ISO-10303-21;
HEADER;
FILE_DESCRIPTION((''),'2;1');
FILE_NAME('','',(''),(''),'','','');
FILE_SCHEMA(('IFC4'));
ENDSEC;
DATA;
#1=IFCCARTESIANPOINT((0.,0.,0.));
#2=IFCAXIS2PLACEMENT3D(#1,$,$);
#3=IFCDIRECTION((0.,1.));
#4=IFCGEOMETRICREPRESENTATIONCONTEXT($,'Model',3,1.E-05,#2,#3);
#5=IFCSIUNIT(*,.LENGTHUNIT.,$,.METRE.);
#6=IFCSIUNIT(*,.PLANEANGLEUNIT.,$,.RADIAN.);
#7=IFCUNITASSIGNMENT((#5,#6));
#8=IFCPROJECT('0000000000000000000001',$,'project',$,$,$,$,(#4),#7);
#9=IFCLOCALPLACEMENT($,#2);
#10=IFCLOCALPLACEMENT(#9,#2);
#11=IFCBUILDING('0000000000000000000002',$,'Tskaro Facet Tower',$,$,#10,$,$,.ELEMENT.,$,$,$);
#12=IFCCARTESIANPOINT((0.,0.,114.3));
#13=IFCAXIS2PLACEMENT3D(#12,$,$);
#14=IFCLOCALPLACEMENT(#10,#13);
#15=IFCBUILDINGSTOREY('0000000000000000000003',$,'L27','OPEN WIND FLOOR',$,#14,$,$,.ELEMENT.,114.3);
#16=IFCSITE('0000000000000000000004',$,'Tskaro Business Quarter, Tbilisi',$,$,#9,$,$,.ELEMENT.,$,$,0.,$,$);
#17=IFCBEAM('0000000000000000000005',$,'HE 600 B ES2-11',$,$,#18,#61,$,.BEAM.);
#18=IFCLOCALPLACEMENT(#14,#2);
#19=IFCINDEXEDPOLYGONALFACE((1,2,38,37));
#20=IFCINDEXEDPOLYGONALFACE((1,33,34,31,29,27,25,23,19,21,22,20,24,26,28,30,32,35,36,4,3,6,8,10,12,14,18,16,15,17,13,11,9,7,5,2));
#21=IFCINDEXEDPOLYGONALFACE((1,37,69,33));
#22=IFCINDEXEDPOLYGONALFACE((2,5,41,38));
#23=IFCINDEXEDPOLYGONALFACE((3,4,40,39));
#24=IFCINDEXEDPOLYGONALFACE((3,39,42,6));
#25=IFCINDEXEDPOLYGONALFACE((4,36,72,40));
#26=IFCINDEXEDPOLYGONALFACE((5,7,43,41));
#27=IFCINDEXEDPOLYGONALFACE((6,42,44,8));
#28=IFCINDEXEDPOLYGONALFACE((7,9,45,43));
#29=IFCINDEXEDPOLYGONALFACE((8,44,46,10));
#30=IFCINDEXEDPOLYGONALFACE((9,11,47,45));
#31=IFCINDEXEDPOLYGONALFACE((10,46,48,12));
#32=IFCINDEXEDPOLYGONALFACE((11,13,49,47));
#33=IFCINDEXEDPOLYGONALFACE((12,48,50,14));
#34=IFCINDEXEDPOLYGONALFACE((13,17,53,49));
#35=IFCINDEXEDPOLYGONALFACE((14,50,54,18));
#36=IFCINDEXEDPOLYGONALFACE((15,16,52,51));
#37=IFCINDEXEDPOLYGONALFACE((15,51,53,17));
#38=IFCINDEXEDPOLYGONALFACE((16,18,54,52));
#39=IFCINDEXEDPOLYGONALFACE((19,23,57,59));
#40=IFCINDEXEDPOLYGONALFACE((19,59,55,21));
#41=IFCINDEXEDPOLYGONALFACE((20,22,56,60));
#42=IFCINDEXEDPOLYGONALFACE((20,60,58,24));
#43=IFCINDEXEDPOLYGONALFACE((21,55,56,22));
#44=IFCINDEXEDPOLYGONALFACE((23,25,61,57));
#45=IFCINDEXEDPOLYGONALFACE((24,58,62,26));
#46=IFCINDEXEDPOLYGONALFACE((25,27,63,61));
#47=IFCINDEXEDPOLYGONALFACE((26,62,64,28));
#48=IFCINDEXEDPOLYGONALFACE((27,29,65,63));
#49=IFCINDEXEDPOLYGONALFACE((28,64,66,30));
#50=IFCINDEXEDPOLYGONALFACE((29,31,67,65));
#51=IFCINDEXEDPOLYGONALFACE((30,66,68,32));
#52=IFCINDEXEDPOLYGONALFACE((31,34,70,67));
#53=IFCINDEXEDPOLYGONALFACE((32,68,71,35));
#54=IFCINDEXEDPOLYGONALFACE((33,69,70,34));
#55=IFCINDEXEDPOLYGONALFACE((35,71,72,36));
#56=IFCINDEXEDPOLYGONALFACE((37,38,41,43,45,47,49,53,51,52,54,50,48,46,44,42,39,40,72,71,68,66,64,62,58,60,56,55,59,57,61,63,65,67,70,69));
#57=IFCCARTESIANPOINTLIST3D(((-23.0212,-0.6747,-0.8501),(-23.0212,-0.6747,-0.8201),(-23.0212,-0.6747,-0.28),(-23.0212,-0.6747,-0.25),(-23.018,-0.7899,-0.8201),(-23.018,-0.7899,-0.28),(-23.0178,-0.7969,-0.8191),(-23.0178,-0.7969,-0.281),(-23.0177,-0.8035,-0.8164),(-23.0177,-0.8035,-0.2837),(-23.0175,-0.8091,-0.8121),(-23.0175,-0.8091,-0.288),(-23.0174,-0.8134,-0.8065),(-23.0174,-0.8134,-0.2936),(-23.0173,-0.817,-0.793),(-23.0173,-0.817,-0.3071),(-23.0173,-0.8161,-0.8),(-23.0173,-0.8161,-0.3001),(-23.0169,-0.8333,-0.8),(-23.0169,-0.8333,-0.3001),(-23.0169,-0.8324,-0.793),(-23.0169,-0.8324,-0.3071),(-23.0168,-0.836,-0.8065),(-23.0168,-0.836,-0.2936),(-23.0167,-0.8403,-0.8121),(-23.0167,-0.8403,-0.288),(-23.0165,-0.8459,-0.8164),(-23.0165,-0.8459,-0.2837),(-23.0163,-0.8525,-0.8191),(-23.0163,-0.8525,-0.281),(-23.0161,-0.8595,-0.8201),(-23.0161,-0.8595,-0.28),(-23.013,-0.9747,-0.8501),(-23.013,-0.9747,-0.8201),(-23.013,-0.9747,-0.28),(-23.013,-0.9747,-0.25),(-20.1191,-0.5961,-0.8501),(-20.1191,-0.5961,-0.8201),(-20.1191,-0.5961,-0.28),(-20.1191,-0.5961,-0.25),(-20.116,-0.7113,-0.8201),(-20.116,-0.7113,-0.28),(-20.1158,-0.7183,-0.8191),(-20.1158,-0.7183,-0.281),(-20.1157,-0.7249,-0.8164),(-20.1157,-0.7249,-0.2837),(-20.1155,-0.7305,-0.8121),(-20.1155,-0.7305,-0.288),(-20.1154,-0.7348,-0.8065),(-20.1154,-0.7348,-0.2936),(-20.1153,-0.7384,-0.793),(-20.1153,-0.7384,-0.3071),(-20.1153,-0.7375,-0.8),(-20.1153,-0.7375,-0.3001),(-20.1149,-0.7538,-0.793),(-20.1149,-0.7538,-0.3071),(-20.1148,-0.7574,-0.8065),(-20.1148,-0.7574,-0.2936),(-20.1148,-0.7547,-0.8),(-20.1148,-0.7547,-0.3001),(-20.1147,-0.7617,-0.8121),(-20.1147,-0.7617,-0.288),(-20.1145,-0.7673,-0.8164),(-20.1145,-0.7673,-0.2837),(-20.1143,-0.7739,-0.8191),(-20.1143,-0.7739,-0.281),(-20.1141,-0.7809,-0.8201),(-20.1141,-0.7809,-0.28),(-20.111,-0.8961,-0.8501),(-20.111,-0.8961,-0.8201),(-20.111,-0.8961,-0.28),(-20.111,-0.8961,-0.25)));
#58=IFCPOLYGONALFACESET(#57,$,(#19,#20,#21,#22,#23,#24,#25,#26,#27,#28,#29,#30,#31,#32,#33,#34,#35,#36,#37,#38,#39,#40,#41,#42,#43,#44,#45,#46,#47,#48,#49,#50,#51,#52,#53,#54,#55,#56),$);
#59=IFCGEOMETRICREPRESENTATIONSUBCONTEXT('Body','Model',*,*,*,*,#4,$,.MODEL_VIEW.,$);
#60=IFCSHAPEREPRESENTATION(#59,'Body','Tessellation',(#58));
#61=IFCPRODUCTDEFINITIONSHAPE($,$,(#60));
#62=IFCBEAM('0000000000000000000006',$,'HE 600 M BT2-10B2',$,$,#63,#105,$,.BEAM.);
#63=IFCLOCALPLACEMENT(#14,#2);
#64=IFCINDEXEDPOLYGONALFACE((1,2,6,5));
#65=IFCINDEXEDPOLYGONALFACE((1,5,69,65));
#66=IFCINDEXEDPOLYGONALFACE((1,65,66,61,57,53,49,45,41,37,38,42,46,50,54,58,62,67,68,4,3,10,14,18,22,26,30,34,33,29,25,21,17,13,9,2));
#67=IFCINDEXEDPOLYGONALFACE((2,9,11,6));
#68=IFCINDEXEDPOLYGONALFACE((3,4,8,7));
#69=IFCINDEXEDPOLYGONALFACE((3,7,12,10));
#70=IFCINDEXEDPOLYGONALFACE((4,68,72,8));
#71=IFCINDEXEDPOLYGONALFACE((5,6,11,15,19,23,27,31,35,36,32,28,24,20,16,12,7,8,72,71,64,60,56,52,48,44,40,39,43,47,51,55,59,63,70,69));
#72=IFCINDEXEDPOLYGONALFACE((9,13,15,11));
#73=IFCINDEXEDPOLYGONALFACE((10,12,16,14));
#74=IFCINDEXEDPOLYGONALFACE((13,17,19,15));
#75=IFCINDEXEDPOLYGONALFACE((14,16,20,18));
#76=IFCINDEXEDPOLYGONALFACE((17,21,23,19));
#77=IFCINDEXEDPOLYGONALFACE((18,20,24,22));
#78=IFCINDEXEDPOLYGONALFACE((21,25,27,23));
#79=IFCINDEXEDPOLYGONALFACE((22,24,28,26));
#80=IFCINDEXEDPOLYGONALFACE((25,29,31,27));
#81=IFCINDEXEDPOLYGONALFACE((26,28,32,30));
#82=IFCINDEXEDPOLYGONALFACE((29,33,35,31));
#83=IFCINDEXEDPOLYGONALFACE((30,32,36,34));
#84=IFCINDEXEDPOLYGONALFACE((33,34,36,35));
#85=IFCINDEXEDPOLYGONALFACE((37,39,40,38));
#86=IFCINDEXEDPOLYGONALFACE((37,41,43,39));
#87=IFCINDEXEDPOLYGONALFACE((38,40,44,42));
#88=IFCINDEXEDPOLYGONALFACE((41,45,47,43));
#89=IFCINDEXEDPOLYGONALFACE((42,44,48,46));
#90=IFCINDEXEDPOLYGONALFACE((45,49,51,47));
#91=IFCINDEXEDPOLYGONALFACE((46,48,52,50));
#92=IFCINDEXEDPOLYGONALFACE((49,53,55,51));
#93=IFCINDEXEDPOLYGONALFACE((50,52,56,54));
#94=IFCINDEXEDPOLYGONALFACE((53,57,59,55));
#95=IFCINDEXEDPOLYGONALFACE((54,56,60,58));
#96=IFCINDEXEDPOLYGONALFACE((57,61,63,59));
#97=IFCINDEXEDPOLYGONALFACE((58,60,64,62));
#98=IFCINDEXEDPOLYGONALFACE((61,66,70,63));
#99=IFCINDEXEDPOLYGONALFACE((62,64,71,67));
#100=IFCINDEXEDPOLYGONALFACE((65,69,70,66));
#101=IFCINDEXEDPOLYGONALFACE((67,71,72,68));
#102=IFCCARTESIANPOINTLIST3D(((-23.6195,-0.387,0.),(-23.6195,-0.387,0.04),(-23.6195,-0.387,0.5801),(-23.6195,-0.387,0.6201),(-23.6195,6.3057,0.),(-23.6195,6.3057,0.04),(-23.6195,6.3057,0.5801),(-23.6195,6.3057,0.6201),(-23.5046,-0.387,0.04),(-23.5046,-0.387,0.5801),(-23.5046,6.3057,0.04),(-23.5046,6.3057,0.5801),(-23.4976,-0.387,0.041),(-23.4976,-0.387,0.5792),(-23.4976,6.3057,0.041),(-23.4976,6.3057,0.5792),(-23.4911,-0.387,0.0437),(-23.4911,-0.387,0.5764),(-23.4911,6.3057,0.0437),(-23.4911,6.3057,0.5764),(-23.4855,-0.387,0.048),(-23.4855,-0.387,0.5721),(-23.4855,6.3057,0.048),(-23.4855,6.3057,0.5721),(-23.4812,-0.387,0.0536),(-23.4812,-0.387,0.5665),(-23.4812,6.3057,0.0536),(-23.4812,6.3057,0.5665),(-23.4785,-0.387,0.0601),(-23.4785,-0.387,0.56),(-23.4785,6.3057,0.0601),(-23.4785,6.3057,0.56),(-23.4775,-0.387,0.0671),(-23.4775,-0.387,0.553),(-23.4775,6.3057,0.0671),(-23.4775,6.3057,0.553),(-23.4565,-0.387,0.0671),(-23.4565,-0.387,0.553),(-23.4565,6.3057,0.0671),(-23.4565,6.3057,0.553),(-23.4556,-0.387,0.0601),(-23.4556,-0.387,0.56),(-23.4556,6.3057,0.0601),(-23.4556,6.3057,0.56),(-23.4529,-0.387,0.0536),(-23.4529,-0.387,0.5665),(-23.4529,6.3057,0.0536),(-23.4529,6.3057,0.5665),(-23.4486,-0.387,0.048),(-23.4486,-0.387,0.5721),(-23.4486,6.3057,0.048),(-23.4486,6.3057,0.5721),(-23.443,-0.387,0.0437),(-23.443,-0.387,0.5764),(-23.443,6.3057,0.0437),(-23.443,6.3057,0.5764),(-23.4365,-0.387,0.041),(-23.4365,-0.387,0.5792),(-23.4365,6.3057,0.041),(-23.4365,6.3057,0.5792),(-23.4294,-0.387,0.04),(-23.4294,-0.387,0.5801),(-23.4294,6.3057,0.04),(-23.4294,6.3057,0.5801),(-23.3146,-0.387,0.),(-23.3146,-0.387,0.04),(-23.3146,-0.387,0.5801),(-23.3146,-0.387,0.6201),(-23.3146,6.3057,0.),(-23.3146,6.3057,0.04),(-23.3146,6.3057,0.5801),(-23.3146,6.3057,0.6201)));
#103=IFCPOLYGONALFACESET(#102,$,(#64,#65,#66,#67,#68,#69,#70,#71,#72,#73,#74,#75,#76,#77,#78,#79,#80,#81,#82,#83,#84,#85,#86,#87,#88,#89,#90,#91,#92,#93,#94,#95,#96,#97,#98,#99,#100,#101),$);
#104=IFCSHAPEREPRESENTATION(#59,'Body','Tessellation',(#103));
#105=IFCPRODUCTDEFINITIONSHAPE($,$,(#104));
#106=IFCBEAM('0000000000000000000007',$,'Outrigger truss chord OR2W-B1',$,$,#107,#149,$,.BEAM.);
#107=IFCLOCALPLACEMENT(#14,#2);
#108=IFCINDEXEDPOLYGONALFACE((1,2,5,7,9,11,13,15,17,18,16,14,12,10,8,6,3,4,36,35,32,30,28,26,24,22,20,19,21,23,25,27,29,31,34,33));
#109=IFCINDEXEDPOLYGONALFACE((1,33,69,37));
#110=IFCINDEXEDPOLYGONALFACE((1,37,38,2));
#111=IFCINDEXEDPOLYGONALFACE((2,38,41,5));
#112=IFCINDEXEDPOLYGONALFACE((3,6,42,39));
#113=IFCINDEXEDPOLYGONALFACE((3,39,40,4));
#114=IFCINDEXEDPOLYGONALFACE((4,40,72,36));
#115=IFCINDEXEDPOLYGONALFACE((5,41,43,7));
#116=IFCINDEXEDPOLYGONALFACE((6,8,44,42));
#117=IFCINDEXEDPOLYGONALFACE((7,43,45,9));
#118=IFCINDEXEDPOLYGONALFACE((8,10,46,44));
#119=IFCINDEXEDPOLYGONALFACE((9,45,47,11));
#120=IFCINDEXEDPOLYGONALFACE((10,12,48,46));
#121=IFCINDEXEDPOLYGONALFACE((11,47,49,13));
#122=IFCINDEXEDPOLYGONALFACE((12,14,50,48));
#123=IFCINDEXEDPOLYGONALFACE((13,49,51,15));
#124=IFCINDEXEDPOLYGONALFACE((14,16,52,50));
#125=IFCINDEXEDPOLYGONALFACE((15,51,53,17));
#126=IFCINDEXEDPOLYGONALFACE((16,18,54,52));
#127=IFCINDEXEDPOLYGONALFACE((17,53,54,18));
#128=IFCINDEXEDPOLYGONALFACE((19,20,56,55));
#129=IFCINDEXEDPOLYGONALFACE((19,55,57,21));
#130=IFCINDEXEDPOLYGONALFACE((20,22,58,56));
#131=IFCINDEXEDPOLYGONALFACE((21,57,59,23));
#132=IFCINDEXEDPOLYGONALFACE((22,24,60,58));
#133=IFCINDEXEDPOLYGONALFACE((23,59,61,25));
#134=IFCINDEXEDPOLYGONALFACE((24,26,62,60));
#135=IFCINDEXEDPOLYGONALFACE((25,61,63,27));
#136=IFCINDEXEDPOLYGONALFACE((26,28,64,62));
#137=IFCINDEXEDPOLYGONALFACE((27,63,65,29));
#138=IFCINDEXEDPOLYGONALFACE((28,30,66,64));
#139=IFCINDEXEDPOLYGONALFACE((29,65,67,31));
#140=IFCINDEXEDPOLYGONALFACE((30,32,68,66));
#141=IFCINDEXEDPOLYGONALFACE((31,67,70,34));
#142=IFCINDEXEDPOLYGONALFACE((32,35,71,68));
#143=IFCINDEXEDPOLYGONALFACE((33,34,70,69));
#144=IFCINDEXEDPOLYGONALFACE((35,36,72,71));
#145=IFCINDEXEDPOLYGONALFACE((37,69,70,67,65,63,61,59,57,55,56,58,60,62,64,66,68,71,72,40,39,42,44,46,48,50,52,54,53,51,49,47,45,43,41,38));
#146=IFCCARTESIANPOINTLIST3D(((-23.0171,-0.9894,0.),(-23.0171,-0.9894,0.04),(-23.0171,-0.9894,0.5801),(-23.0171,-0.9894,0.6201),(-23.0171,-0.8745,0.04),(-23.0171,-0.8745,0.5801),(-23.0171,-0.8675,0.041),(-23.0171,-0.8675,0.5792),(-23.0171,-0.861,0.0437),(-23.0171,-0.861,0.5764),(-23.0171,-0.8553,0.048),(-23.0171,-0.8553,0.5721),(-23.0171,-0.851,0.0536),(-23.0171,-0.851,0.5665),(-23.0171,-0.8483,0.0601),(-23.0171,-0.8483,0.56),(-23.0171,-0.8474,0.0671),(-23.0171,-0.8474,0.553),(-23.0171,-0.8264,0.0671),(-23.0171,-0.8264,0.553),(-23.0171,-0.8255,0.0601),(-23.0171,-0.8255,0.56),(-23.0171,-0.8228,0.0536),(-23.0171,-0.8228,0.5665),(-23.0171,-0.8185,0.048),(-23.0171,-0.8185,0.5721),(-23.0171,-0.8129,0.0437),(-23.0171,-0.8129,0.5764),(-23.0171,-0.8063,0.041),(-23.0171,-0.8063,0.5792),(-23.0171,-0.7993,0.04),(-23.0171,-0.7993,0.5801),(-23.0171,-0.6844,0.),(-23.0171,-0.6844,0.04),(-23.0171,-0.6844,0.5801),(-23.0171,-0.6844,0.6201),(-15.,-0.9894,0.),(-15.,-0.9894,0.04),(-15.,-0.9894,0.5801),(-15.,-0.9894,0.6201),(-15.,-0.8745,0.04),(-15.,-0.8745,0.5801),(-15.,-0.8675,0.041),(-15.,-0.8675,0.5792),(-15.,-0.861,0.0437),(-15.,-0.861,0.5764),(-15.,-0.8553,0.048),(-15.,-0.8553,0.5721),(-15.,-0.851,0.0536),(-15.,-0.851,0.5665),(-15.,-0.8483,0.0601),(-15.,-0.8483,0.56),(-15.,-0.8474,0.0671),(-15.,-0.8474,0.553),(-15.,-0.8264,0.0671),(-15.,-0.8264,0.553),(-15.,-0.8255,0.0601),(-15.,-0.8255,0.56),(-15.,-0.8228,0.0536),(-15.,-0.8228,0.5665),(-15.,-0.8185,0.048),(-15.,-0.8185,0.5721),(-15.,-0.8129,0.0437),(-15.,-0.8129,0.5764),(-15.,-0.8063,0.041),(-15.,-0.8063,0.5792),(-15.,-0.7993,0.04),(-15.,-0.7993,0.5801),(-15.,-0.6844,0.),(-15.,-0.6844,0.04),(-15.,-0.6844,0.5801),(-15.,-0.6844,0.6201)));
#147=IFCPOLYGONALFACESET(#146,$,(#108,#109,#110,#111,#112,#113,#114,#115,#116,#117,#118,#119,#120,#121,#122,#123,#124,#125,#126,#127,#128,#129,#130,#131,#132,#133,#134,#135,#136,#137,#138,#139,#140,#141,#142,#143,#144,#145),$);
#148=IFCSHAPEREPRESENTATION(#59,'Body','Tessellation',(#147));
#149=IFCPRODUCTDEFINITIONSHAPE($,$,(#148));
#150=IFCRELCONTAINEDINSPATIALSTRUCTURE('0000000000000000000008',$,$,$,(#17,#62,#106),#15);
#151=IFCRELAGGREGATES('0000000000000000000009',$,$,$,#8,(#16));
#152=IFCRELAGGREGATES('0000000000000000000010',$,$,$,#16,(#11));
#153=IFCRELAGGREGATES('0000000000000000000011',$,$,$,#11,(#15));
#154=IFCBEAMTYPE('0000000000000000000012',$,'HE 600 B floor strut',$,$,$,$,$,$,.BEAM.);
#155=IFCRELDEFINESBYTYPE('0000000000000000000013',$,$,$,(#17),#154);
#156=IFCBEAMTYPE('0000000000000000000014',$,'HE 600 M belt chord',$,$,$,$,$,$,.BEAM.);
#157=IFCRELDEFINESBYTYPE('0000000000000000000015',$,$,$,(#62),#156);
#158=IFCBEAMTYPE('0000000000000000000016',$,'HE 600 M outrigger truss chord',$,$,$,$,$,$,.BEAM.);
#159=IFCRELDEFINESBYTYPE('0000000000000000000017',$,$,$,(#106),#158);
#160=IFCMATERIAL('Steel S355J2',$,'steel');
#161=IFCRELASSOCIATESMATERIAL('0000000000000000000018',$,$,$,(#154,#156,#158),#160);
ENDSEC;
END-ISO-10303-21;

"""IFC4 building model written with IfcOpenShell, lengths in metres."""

from ifc_helpers import new_model, si_unit, direction, frame, origin, origin_2d, place, context, subcontext, project, spatial, i_section, extrude, material, material_profile, profile_set, type_object, element, save


model = new_model("IFC4")

# Units and contexts
model_context = context("Model", 3, precision=1e-05, world=origin(), true_north=direction((0.0, 1.0)))
body_context = subcontext(model_context, "Body", "Model", "MODEL_VIEW")
ifc_project = project(units=[si_unit("LENGTHUNIT", "METRE"), si_unit("PLANEANGLEUNIT", "RADIAN")], contexts=[model_context])

# Site, building, storey
site_placement = place(None, origin())
site = spatial("IfcSite", under=ifc_project, at=site_placement, Name="Tskaro Business Quarter, Tbilisi", CompositionType="ELEMENT", RefElevation=0.0)
building_placement = place(site_placement, origin())
building = spatial("IfcBuilding", under=site, at=building_placement, Name="Tskaro Facet Tower", CompositionType="ELEMENT")
storey_placement = place(building_placement, frame((0.0, 0.0, 114.3)))
storey = spatial("IfcBuildingStorey", under=building, at=storey_placement, Name="L27", Description="OPEN WIND FLOOR", CompositionType="ELEMENT", Elevation=114.3)

# Shared definitions
ifc_material_1 = material(Name="Steel S355J2", Category="steel")

# Beams
ifc_material_profile_1 = material_profile(ifc_material_1, i_section(OverallWidth=0.3, OverallDepth=0.6001, WebThickness=0.0154, FlangeThickness=0.03, FilletRadius=0.0271, at=origin_2d()), Name="HE 600 B")
ifc_profile_set_1 = profile_set([ifc_material_profile_1], Name="Steel S355J2")
beam_type_1 = type_object("IfcBeamType", Name="HE 600 B floor strut", PredefinedType="BEAM", material=ifc_profile_set_1)
beam_1_placement = place(storey_placement, frame((-23.0171, -0.8247, -0.55), z_axis=(0.999633, 0.027078, 0.0), x_axis=(-0.027078, 0.999633, 0.0)))
element("IfcBeam", 1, at=beam_1_placement, inside=storey, type_object=beam_type_1, Name="HE 600 B ES2-11", PredefinedType="BEAM", context=body_context, shape_type="SweptSolid", body=[
    extrude(i_section(OverallWidth=0.3, OverallDepth=0.6001, WebThickness=0.0154, FlangeThickness=0.03, FilletRadius=0.0271, at=origin_2d()), origin(), (0.0, 0.0, 1.0), 2.9031),
])
ifc_material_profile_2 = material_profile(ifc_material_1, i_section(OverallWidth=0.3049, OverallDepth=0.6201, WebThickness=0.021, FlangeThickness=0.04, FilletRadius=0.0271, at=origin_2d()), Name="HE 600 M")
ifc_profile_set_2 = profile_set([ifc_material_profile_2], Name="Steel S355J2")
beam_type_2 = type_object("IfcBeamType", Name="HE 600 M belt chord", PredefinedType="BEAM", material=ifc_profile_set_2)
beam_2_placement = place(storey_placement, frame((-23.467, 6.3057, 0.3101), z_axis=(0.0, -1.0, 0.0), x_axis=(1.0, 0.0, 0.0)))
element("IfcBeam", 2, at=beam_2_placement, inside=storey, type_object=beam_type_2, Name="HE 600 M BT2-10B2", PredefinedType="BEAM", context=body_context, shape_type="SweptSolid", body=[
    extrude(i_section(OverallWidth=0.3049, OverallDepth=0.6201, WebThickness=0.021, FlangeThickness=0.04, FilletRadius=0.0271, at=origin_2d()), origin(), (0.0, 0.0, 1.0), 6.6926),
])
ifc_material_profile_3 = material_profile(ifc_material_1, i_section(OverallWidth=0.3049, OverallDepth=0.6201, WebThickness=0.021, FlangeThickness=0.04, FilletRadius=0.0271, at=origin_2d()), Name="HE 600 M")
ifc_profile_set_3 = profile_set([ifc_material_profile_3], Name="Steel S355J2")
beam_type_3 = type_object("IfcBeamType", Name="HE 600 M outrigger truss chord", PredefinedType="BEAM", material=ifc_profile_set_3)
beam_3_placement = place(storey_placement, frame((-23.0171, -0.8369, 0.3101), z_axis=(1.0, 0.0, 0.0), x_axis=(0.0, 1.0, 0.0)))
element("IfcBeam", 3, at=beam_3_placement, inside=storey, type_object=beam_type_3, Name="Outrigger truss chord OR2W-B1", PredefinedType="BEAM", context=body_context, shape_type="SweptSolid", body=[
    extrude(i_section(OverallWidth=0.3049, OverallDepth=0.6201, WebThickness=0.021, FlangeThickness=0.04, FilletRadius=0.0271, at=origin_2d()), origin(), (0.0, 0.0, 1.0), 8.0171),
])

save(model, "model.ifc")
